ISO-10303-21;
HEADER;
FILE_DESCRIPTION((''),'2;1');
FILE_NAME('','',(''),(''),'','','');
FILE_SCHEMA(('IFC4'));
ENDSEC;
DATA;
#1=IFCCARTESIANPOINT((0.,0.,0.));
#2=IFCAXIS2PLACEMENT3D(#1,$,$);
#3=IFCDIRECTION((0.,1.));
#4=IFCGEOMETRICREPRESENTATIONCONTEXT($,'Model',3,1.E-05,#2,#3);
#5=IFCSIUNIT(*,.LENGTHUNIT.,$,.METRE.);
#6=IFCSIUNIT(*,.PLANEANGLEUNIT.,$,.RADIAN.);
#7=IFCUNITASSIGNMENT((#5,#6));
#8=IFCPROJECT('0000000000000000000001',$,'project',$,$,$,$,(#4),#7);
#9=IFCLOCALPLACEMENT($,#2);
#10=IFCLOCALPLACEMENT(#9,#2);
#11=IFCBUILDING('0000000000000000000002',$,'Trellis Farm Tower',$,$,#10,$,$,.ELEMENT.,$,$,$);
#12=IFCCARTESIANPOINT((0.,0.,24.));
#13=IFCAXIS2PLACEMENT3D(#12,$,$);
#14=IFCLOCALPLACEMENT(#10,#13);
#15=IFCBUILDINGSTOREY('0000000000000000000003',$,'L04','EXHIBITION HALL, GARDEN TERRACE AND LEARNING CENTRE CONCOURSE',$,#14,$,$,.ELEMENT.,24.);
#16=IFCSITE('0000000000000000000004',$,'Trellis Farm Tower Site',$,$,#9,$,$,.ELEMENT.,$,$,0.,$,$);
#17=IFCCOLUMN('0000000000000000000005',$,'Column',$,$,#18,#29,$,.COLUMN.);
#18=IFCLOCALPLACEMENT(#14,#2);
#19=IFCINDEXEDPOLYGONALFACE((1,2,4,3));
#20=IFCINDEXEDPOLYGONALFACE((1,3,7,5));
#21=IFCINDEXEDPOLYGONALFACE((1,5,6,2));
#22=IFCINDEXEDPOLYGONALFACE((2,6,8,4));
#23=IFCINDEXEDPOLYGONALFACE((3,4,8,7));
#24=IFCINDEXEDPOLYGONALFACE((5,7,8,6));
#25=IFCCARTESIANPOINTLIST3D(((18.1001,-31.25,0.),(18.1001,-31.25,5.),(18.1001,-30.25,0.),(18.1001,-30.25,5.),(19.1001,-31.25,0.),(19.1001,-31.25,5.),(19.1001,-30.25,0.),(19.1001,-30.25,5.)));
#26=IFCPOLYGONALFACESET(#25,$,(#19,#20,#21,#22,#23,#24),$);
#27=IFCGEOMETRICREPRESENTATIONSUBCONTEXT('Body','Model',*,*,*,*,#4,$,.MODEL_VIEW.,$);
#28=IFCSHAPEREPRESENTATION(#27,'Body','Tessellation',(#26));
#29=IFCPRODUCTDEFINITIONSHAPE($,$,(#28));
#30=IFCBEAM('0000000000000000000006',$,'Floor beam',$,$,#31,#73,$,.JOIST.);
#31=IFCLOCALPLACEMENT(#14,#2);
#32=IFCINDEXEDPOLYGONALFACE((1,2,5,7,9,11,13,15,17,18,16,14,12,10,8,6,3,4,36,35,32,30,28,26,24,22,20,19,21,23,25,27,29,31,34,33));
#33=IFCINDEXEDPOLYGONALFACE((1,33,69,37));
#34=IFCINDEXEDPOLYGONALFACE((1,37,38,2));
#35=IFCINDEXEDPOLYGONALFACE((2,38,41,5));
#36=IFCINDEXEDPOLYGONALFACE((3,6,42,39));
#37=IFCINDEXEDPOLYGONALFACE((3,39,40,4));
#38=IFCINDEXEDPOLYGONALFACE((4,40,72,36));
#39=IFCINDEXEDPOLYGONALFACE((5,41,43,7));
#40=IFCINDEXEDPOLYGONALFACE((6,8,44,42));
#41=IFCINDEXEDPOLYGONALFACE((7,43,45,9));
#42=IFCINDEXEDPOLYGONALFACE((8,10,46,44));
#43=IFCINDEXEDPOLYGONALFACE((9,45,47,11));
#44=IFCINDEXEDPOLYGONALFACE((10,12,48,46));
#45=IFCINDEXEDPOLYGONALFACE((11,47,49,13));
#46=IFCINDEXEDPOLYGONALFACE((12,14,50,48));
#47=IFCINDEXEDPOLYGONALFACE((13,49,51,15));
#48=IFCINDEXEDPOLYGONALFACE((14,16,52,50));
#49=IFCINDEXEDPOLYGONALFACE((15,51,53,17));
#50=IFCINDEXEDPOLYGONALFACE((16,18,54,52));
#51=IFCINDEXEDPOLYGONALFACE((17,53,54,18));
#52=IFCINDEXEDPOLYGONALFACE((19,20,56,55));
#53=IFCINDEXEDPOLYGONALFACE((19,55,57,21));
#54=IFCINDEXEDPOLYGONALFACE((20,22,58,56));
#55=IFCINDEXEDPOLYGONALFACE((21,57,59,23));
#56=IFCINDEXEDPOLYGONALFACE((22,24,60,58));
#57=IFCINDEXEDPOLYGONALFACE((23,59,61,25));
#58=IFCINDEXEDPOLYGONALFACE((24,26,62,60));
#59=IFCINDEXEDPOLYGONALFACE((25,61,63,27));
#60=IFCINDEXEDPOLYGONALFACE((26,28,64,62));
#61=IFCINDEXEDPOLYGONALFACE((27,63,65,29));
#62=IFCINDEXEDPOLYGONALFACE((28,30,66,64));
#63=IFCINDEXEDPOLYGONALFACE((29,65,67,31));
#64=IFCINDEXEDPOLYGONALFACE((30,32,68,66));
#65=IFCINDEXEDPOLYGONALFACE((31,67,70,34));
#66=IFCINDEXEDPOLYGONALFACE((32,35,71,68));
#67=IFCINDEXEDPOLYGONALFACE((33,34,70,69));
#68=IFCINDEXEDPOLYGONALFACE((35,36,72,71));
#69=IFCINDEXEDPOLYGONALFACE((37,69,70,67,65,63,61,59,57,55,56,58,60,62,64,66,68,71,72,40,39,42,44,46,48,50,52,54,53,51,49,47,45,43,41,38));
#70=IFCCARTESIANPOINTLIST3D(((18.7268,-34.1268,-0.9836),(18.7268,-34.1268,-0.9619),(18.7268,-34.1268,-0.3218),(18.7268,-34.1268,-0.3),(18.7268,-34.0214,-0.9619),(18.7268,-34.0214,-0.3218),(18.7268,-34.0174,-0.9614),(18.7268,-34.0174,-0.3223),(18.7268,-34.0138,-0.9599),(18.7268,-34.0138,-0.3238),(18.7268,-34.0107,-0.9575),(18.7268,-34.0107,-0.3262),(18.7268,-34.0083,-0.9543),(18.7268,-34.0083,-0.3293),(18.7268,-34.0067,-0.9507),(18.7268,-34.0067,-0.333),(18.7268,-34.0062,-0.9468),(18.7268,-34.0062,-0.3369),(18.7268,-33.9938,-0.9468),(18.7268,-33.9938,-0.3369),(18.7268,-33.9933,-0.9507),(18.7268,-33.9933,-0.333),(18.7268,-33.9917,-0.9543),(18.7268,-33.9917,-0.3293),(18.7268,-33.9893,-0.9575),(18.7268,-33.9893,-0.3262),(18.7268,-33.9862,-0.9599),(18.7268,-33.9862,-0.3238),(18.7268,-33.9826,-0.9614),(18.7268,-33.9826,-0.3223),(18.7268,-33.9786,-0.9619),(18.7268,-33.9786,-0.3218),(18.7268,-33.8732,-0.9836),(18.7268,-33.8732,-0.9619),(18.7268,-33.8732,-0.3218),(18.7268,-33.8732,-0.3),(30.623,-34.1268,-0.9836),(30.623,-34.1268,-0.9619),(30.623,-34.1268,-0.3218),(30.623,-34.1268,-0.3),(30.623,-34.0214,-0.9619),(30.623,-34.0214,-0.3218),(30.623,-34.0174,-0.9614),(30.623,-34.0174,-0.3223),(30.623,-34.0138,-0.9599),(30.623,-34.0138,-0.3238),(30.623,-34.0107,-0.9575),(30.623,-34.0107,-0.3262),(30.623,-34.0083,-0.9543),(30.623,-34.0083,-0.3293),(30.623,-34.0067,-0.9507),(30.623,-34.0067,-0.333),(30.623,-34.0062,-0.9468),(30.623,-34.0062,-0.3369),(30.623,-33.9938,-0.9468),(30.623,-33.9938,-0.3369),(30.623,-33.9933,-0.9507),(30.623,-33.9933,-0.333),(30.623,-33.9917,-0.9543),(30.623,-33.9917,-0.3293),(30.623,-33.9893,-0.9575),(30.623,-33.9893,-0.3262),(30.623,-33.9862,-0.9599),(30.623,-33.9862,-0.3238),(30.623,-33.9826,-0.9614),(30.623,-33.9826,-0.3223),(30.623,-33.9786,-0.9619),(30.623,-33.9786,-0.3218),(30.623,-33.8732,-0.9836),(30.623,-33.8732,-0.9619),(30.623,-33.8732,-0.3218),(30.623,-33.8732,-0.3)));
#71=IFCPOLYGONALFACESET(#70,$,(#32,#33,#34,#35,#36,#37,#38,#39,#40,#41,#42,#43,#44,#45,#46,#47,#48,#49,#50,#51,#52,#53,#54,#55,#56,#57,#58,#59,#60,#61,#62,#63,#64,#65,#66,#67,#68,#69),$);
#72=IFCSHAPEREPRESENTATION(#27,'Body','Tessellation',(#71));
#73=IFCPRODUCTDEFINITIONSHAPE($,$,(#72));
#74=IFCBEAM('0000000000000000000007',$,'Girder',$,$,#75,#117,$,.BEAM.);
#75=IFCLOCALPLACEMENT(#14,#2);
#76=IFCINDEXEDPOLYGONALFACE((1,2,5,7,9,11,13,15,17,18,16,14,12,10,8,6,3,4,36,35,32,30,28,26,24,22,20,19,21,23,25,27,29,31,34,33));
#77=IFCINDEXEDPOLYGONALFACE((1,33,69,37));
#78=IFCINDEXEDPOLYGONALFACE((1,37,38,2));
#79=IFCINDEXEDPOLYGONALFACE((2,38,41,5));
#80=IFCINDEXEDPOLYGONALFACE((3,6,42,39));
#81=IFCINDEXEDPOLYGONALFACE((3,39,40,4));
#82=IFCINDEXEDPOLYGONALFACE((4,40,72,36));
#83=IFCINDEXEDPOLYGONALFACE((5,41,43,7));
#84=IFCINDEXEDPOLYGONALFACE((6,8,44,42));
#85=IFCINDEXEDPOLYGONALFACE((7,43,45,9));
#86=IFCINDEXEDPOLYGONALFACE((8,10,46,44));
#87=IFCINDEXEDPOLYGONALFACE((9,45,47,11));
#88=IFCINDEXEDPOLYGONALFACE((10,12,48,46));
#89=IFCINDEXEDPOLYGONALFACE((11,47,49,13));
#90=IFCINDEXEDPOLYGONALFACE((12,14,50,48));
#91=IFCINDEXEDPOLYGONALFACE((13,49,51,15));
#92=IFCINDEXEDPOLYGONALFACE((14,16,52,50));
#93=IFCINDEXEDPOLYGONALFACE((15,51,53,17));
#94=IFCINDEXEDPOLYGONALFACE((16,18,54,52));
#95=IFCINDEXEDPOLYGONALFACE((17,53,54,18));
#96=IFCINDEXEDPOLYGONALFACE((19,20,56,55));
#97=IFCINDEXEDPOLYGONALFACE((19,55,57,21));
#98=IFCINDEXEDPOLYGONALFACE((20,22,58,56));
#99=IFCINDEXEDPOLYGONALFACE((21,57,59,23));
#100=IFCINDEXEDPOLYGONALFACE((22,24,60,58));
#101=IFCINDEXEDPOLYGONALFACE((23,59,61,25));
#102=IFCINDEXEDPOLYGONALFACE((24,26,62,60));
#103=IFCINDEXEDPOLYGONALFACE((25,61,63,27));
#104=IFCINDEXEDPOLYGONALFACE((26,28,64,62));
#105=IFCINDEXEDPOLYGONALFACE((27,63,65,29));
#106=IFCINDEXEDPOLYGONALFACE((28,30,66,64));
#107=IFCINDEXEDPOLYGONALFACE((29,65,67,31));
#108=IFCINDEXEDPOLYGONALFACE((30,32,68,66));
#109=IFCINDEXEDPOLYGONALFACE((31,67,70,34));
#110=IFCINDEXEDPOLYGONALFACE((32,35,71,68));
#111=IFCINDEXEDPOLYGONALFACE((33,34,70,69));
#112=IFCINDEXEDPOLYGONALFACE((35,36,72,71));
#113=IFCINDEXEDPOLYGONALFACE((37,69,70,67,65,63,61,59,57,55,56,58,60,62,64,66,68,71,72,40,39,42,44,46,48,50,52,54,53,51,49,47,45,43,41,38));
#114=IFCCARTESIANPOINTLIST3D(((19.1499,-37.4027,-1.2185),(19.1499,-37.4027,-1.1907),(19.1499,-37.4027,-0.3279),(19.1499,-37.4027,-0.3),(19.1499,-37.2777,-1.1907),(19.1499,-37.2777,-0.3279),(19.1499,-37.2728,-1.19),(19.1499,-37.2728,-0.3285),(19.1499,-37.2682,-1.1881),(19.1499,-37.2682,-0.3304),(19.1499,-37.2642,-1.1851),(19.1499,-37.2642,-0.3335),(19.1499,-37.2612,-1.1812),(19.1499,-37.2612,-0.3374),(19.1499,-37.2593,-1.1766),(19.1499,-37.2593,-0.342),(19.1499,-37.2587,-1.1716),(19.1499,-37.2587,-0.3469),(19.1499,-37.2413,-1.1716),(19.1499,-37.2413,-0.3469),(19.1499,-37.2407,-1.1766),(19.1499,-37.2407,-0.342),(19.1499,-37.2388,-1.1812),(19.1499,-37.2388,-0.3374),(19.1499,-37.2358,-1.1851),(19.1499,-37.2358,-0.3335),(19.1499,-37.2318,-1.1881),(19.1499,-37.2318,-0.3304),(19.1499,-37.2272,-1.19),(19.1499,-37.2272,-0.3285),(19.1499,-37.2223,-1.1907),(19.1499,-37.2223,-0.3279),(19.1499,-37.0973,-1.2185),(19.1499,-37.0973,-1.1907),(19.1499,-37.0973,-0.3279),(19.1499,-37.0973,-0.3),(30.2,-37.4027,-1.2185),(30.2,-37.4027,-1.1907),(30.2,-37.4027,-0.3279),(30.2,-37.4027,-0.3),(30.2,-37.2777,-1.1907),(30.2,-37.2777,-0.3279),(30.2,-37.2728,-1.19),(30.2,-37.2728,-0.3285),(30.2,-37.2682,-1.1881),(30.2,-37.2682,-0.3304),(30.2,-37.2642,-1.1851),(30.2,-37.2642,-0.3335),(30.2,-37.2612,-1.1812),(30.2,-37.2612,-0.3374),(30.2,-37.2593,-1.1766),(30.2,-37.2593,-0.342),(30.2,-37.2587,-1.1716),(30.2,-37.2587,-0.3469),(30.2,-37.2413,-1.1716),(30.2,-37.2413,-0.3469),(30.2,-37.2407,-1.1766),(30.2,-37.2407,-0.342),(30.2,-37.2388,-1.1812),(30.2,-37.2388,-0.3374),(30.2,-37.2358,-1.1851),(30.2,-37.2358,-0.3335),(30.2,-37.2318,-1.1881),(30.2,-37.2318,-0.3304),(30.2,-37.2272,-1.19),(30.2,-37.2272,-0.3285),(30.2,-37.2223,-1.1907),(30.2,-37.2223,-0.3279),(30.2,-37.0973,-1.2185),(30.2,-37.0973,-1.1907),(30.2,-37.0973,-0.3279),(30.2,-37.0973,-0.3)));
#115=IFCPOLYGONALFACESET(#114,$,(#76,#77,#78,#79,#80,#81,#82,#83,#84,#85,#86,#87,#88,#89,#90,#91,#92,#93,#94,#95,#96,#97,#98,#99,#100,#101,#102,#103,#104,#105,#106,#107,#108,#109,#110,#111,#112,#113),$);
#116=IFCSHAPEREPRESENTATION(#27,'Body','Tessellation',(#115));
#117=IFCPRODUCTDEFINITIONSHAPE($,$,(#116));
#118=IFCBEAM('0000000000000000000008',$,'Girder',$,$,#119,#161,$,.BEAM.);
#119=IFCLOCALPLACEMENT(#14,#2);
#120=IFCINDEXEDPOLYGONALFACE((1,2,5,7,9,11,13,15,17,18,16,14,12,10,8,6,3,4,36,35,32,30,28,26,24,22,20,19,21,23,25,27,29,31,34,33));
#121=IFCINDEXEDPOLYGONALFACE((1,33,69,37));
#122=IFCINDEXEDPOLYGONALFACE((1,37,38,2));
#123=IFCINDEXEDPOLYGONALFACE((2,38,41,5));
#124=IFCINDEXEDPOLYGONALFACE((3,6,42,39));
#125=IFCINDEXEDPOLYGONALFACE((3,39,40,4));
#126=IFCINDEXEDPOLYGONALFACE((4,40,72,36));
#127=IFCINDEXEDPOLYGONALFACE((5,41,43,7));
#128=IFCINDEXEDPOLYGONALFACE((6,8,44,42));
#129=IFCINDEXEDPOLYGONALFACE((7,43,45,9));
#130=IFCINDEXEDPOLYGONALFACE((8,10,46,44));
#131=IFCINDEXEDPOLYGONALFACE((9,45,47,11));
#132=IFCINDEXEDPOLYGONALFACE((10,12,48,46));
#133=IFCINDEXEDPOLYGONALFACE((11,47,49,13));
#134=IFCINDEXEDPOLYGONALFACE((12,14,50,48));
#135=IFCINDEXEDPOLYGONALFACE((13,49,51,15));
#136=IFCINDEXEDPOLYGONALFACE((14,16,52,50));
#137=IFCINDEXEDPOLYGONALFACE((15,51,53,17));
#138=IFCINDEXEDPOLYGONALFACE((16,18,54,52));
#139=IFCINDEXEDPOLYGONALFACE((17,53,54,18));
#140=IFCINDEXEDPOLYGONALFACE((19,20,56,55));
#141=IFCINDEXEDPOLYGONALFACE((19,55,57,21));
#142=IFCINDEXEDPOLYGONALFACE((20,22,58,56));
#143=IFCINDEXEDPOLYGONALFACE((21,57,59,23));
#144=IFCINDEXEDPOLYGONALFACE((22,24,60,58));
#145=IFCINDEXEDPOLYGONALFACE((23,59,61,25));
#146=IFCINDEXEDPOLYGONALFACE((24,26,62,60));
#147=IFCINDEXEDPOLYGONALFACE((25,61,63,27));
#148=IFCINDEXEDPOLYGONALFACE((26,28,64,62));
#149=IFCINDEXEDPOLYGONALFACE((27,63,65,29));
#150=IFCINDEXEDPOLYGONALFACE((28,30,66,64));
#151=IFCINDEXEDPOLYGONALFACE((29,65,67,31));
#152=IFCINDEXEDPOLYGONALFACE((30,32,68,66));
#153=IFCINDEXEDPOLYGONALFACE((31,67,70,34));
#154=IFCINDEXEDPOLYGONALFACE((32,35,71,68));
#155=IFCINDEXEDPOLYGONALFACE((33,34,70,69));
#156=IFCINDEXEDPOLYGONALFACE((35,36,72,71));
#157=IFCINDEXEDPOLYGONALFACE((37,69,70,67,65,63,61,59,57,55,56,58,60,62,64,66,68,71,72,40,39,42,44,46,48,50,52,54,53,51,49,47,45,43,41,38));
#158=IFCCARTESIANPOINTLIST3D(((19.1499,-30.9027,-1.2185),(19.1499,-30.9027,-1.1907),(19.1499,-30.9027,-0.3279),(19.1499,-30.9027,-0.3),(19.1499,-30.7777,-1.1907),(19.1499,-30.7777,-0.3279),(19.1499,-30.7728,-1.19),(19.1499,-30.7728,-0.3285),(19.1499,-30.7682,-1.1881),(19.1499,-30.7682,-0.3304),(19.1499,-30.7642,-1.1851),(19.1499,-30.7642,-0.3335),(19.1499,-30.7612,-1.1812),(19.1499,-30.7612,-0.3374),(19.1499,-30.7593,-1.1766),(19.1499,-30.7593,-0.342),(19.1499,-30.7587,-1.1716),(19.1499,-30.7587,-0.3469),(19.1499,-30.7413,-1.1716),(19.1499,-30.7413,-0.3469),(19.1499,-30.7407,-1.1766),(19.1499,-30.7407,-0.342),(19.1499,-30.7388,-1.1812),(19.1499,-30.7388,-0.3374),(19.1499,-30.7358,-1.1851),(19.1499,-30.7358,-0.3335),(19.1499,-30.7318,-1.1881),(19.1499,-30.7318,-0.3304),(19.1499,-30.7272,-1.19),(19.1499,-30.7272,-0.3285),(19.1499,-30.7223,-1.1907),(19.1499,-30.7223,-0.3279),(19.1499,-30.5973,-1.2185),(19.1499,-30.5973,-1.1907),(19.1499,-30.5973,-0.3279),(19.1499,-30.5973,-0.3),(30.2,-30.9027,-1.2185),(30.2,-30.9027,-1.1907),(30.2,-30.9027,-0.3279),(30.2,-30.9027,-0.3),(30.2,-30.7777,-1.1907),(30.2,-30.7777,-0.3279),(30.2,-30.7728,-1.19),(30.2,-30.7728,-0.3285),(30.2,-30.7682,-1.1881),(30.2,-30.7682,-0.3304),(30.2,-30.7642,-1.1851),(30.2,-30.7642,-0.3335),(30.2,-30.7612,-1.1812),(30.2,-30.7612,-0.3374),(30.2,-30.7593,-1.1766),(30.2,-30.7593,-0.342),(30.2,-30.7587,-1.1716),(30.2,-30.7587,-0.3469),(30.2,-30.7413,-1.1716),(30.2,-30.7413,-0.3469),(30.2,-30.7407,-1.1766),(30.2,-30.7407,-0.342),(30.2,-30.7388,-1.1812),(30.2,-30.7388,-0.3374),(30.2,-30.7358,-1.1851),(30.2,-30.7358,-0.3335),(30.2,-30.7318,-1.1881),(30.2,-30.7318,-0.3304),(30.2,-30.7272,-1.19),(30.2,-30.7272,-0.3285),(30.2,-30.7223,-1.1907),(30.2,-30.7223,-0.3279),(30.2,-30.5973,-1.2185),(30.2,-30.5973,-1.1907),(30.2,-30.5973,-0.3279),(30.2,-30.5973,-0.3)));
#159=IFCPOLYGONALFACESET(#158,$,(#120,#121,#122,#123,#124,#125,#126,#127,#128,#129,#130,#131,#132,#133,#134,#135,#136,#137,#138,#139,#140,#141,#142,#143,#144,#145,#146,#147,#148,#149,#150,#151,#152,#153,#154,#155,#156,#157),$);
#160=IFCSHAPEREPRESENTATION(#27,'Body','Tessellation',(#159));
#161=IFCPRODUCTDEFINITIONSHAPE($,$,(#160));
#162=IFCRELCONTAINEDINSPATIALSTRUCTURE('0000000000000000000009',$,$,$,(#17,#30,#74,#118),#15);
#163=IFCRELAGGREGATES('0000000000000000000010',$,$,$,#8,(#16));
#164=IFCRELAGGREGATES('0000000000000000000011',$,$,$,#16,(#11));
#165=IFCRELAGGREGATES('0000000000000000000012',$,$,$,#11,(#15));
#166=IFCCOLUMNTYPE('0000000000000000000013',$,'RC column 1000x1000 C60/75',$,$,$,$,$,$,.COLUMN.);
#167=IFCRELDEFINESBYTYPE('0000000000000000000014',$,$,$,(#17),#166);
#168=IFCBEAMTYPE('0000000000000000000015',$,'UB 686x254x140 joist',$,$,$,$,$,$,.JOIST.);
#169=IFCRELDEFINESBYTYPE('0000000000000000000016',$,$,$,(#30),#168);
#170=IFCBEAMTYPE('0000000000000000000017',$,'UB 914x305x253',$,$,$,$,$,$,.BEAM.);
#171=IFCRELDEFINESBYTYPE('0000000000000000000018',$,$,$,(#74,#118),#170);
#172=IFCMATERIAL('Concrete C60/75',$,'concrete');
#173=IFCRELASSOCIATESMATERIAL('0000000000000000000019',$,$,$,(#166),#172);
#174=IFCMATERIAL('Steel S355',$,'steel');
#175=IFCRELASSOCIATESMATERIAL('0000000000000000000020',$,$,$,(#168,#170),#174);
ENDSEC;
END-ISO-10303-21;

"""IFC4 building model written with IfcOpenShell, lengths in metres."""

from ifc_helpers import new_model, si_unit, direction, frame, origin, origin_2d, place, context, subcontext, project, spatial, rectangle, i_section, extrude, source, transform, mapped, material, material_profile, profile_set, type_object, element, save


model = new_model("IFC4")

# Units and contexts
model_context = context("Model", 3, precision=1e-05, world=origin(), true_north=direction((0.0, 1.0)))
body_context = subcontext(model_context, "Body", "Model", "MODEL_VIEW")
ifc_project = project(units=[si_unit("LENGTHUNIT", "METRE"), si_unit("PLANEANGLEUNIT", "RADIAN")], contexts=[model_context])

# Site, building, storey
site_placement = place(None, origin())
site = spatial("IfcSite", under=ifc_project, at=site_placement, Name="Trellis Farm Tower Site", CompositionType="ELEMENT", RefElevation=0.0)
building_placement = place(site_placement, origin())
building = spatial("IfcBuilding", under=site, at=building_placement, Name="Trellis Farm Tower", CompositionType="ELEMENT")
storey_placement = place(building_placement, frame((0.0, 0.0, 24.0)))
storey = spatial("IfcBuildingStorey", under=building, at=storey_placement, Name="L04", Description="EXHIBITION HALL, GARDEN TERRACE AND LEARNING CENTRE CONCOURSE", CompositionType="ELEMENT", Elevation=24.0)

# Column
ifc_material_1 = material(Name="Concrete C60/75", Category="concrete")
ifc_material_profile_1 = material_profile(ifc_material_1, rectangle(XDim=1.0, YDim=1.0, at=origin_2d()), Name="RC column 1000x1000 C60/75")
ifc_profile_set_1 = profile_set([ifc_material_profile_1], Name="Concrete C60/75")
column_type = type_object("IfcColumnType", Name="RC column 1000x1000 C60/75", PredefinedType="COLUMN", material=ifc_profile_set_1)
shared_shape_1 = source(origin(), body_context, "Body", "SweptSolid", [
    extrude(rectangle(XDim=1.0, YDim=1.0, at=origin_2d()), origin(), (0.0, 0.0, 1.0), 5.0),
])
column_placement = place(storey_placement, frame((18.6001, -30.75, 0.0), z_axis=(0.0, 0.0, 1.0), x_axis=(1.0, 0.0, 0.0)))
element("IfcColumn", 1, at=column_placement, inside=storey, type_object=column_type, Name="Column", PredefinedType="COLUMN", context=body_context, shape_type="MappedRepresentation", body=[
    mapped(shared_shape_1, transform((0.0, 0.0, 0.0))),
])

# Beams
ifc_material_2 = material(Name="Steel S355", Category="steel")
ifc_material_profile_2 = material_profile(ifc_material_2, i_section(OverallWidth=0.2537, OverallDepth=0.6836, WebThickness=0.0125, FlangeThickness=0.0217, FilletRadius=0.0151, at=origin_2d()), Name="UB 686x254x140")
ifc_profile_set_2 = profile_set([ifc_material_profile_2], Name="Steel S355")
beam_type_1 = type_object("IfcBeamType", Name="UB 686x254x140 joist", PredefinedType="JOIST", material=ifc_profile_set_2)
shared_shape_2 = source(origin(), body_context, "Body", "SweptSolid", [
    extrude(i_section(OverallWidth=0.2537, OverallDepth=0.6836, WebThickness=0.0125, FlangeThickness=0.0217, FilletRadius=0.0151, at=origin_2d()), origin(), (0.0, 0.0, 1.0), 11.8962),
])
beam_1_placement = place(storey_placement, frame((18.7268, -34.0, -0.6418), z_axis=(1.0, 0.0, 0.0), x_axis=(0.0, 1.0, 0.0)))
element("IfcBeam", 2, at=beam_1_placement, inside=storey, type_object=beam_type_1, Name="Floor beam", PredefinedType="JOIST", context=body_context, shape_type="MappedRepresentation", body=[
    mapped(shared_shape_2, transform((0.0, 0.0, 0.0))),
])
ifc_material_profile_3 = material_profile(ifc_material_2, i_section(OverallWidth=0.3054, OverallDepth=0.9185, WebThickness=0.0173, FlangeThickness=0.0278, FilletRadius=0.019, at=origin_2d()), Name="UB 914x305x253")
ifc_profile_set_3 = profile_set([ifc_material_profile_3], Name="Steel S355")
beam_type_2 = type_object("IfcBeamType", Name="UB 914x305x253", PredefinedType="BEAM", material=ifc_profile_set_3)
shared_shape_3 = source(origin(), body_context, "Body", "SweptSolid", [
    extrude(i_section(OverallWidth=0.3054, OverallDepth=0.9185, WebThickness=0.0173, FlangeThickness=0.0278, FilletRadius=0.019, at=origin_2d()), origin(), (0.0, 0.0, 1.0), 11.05),
])
for number, where, z_axis, x_axis, name in (
    (3, (19.1499, -37.25, -0.7593), (1.0, 0.0, 0.0), (0.0, 1.0, 0.0), "Girder"),
    (4, (19.1499, -30.75, -0.7593), (1.0, 0.0, 0.0), (0.0, 1.0, 0.0), "Girder"),
):
    element("IfcBeam", number, at=place(storey_placement, frame(where, z_axis=z_axis, x_axis=x_axis)), inside=storey, type_object=beam_type_2, Name=name, PredefinedType="BEAM", context=body_context, shape_type="MappedRepresentation", body=[
        mapped(shared_shape_3, transform((0.0, 0.0, 0.0))),
    ])

save(model, "model.ifc")
